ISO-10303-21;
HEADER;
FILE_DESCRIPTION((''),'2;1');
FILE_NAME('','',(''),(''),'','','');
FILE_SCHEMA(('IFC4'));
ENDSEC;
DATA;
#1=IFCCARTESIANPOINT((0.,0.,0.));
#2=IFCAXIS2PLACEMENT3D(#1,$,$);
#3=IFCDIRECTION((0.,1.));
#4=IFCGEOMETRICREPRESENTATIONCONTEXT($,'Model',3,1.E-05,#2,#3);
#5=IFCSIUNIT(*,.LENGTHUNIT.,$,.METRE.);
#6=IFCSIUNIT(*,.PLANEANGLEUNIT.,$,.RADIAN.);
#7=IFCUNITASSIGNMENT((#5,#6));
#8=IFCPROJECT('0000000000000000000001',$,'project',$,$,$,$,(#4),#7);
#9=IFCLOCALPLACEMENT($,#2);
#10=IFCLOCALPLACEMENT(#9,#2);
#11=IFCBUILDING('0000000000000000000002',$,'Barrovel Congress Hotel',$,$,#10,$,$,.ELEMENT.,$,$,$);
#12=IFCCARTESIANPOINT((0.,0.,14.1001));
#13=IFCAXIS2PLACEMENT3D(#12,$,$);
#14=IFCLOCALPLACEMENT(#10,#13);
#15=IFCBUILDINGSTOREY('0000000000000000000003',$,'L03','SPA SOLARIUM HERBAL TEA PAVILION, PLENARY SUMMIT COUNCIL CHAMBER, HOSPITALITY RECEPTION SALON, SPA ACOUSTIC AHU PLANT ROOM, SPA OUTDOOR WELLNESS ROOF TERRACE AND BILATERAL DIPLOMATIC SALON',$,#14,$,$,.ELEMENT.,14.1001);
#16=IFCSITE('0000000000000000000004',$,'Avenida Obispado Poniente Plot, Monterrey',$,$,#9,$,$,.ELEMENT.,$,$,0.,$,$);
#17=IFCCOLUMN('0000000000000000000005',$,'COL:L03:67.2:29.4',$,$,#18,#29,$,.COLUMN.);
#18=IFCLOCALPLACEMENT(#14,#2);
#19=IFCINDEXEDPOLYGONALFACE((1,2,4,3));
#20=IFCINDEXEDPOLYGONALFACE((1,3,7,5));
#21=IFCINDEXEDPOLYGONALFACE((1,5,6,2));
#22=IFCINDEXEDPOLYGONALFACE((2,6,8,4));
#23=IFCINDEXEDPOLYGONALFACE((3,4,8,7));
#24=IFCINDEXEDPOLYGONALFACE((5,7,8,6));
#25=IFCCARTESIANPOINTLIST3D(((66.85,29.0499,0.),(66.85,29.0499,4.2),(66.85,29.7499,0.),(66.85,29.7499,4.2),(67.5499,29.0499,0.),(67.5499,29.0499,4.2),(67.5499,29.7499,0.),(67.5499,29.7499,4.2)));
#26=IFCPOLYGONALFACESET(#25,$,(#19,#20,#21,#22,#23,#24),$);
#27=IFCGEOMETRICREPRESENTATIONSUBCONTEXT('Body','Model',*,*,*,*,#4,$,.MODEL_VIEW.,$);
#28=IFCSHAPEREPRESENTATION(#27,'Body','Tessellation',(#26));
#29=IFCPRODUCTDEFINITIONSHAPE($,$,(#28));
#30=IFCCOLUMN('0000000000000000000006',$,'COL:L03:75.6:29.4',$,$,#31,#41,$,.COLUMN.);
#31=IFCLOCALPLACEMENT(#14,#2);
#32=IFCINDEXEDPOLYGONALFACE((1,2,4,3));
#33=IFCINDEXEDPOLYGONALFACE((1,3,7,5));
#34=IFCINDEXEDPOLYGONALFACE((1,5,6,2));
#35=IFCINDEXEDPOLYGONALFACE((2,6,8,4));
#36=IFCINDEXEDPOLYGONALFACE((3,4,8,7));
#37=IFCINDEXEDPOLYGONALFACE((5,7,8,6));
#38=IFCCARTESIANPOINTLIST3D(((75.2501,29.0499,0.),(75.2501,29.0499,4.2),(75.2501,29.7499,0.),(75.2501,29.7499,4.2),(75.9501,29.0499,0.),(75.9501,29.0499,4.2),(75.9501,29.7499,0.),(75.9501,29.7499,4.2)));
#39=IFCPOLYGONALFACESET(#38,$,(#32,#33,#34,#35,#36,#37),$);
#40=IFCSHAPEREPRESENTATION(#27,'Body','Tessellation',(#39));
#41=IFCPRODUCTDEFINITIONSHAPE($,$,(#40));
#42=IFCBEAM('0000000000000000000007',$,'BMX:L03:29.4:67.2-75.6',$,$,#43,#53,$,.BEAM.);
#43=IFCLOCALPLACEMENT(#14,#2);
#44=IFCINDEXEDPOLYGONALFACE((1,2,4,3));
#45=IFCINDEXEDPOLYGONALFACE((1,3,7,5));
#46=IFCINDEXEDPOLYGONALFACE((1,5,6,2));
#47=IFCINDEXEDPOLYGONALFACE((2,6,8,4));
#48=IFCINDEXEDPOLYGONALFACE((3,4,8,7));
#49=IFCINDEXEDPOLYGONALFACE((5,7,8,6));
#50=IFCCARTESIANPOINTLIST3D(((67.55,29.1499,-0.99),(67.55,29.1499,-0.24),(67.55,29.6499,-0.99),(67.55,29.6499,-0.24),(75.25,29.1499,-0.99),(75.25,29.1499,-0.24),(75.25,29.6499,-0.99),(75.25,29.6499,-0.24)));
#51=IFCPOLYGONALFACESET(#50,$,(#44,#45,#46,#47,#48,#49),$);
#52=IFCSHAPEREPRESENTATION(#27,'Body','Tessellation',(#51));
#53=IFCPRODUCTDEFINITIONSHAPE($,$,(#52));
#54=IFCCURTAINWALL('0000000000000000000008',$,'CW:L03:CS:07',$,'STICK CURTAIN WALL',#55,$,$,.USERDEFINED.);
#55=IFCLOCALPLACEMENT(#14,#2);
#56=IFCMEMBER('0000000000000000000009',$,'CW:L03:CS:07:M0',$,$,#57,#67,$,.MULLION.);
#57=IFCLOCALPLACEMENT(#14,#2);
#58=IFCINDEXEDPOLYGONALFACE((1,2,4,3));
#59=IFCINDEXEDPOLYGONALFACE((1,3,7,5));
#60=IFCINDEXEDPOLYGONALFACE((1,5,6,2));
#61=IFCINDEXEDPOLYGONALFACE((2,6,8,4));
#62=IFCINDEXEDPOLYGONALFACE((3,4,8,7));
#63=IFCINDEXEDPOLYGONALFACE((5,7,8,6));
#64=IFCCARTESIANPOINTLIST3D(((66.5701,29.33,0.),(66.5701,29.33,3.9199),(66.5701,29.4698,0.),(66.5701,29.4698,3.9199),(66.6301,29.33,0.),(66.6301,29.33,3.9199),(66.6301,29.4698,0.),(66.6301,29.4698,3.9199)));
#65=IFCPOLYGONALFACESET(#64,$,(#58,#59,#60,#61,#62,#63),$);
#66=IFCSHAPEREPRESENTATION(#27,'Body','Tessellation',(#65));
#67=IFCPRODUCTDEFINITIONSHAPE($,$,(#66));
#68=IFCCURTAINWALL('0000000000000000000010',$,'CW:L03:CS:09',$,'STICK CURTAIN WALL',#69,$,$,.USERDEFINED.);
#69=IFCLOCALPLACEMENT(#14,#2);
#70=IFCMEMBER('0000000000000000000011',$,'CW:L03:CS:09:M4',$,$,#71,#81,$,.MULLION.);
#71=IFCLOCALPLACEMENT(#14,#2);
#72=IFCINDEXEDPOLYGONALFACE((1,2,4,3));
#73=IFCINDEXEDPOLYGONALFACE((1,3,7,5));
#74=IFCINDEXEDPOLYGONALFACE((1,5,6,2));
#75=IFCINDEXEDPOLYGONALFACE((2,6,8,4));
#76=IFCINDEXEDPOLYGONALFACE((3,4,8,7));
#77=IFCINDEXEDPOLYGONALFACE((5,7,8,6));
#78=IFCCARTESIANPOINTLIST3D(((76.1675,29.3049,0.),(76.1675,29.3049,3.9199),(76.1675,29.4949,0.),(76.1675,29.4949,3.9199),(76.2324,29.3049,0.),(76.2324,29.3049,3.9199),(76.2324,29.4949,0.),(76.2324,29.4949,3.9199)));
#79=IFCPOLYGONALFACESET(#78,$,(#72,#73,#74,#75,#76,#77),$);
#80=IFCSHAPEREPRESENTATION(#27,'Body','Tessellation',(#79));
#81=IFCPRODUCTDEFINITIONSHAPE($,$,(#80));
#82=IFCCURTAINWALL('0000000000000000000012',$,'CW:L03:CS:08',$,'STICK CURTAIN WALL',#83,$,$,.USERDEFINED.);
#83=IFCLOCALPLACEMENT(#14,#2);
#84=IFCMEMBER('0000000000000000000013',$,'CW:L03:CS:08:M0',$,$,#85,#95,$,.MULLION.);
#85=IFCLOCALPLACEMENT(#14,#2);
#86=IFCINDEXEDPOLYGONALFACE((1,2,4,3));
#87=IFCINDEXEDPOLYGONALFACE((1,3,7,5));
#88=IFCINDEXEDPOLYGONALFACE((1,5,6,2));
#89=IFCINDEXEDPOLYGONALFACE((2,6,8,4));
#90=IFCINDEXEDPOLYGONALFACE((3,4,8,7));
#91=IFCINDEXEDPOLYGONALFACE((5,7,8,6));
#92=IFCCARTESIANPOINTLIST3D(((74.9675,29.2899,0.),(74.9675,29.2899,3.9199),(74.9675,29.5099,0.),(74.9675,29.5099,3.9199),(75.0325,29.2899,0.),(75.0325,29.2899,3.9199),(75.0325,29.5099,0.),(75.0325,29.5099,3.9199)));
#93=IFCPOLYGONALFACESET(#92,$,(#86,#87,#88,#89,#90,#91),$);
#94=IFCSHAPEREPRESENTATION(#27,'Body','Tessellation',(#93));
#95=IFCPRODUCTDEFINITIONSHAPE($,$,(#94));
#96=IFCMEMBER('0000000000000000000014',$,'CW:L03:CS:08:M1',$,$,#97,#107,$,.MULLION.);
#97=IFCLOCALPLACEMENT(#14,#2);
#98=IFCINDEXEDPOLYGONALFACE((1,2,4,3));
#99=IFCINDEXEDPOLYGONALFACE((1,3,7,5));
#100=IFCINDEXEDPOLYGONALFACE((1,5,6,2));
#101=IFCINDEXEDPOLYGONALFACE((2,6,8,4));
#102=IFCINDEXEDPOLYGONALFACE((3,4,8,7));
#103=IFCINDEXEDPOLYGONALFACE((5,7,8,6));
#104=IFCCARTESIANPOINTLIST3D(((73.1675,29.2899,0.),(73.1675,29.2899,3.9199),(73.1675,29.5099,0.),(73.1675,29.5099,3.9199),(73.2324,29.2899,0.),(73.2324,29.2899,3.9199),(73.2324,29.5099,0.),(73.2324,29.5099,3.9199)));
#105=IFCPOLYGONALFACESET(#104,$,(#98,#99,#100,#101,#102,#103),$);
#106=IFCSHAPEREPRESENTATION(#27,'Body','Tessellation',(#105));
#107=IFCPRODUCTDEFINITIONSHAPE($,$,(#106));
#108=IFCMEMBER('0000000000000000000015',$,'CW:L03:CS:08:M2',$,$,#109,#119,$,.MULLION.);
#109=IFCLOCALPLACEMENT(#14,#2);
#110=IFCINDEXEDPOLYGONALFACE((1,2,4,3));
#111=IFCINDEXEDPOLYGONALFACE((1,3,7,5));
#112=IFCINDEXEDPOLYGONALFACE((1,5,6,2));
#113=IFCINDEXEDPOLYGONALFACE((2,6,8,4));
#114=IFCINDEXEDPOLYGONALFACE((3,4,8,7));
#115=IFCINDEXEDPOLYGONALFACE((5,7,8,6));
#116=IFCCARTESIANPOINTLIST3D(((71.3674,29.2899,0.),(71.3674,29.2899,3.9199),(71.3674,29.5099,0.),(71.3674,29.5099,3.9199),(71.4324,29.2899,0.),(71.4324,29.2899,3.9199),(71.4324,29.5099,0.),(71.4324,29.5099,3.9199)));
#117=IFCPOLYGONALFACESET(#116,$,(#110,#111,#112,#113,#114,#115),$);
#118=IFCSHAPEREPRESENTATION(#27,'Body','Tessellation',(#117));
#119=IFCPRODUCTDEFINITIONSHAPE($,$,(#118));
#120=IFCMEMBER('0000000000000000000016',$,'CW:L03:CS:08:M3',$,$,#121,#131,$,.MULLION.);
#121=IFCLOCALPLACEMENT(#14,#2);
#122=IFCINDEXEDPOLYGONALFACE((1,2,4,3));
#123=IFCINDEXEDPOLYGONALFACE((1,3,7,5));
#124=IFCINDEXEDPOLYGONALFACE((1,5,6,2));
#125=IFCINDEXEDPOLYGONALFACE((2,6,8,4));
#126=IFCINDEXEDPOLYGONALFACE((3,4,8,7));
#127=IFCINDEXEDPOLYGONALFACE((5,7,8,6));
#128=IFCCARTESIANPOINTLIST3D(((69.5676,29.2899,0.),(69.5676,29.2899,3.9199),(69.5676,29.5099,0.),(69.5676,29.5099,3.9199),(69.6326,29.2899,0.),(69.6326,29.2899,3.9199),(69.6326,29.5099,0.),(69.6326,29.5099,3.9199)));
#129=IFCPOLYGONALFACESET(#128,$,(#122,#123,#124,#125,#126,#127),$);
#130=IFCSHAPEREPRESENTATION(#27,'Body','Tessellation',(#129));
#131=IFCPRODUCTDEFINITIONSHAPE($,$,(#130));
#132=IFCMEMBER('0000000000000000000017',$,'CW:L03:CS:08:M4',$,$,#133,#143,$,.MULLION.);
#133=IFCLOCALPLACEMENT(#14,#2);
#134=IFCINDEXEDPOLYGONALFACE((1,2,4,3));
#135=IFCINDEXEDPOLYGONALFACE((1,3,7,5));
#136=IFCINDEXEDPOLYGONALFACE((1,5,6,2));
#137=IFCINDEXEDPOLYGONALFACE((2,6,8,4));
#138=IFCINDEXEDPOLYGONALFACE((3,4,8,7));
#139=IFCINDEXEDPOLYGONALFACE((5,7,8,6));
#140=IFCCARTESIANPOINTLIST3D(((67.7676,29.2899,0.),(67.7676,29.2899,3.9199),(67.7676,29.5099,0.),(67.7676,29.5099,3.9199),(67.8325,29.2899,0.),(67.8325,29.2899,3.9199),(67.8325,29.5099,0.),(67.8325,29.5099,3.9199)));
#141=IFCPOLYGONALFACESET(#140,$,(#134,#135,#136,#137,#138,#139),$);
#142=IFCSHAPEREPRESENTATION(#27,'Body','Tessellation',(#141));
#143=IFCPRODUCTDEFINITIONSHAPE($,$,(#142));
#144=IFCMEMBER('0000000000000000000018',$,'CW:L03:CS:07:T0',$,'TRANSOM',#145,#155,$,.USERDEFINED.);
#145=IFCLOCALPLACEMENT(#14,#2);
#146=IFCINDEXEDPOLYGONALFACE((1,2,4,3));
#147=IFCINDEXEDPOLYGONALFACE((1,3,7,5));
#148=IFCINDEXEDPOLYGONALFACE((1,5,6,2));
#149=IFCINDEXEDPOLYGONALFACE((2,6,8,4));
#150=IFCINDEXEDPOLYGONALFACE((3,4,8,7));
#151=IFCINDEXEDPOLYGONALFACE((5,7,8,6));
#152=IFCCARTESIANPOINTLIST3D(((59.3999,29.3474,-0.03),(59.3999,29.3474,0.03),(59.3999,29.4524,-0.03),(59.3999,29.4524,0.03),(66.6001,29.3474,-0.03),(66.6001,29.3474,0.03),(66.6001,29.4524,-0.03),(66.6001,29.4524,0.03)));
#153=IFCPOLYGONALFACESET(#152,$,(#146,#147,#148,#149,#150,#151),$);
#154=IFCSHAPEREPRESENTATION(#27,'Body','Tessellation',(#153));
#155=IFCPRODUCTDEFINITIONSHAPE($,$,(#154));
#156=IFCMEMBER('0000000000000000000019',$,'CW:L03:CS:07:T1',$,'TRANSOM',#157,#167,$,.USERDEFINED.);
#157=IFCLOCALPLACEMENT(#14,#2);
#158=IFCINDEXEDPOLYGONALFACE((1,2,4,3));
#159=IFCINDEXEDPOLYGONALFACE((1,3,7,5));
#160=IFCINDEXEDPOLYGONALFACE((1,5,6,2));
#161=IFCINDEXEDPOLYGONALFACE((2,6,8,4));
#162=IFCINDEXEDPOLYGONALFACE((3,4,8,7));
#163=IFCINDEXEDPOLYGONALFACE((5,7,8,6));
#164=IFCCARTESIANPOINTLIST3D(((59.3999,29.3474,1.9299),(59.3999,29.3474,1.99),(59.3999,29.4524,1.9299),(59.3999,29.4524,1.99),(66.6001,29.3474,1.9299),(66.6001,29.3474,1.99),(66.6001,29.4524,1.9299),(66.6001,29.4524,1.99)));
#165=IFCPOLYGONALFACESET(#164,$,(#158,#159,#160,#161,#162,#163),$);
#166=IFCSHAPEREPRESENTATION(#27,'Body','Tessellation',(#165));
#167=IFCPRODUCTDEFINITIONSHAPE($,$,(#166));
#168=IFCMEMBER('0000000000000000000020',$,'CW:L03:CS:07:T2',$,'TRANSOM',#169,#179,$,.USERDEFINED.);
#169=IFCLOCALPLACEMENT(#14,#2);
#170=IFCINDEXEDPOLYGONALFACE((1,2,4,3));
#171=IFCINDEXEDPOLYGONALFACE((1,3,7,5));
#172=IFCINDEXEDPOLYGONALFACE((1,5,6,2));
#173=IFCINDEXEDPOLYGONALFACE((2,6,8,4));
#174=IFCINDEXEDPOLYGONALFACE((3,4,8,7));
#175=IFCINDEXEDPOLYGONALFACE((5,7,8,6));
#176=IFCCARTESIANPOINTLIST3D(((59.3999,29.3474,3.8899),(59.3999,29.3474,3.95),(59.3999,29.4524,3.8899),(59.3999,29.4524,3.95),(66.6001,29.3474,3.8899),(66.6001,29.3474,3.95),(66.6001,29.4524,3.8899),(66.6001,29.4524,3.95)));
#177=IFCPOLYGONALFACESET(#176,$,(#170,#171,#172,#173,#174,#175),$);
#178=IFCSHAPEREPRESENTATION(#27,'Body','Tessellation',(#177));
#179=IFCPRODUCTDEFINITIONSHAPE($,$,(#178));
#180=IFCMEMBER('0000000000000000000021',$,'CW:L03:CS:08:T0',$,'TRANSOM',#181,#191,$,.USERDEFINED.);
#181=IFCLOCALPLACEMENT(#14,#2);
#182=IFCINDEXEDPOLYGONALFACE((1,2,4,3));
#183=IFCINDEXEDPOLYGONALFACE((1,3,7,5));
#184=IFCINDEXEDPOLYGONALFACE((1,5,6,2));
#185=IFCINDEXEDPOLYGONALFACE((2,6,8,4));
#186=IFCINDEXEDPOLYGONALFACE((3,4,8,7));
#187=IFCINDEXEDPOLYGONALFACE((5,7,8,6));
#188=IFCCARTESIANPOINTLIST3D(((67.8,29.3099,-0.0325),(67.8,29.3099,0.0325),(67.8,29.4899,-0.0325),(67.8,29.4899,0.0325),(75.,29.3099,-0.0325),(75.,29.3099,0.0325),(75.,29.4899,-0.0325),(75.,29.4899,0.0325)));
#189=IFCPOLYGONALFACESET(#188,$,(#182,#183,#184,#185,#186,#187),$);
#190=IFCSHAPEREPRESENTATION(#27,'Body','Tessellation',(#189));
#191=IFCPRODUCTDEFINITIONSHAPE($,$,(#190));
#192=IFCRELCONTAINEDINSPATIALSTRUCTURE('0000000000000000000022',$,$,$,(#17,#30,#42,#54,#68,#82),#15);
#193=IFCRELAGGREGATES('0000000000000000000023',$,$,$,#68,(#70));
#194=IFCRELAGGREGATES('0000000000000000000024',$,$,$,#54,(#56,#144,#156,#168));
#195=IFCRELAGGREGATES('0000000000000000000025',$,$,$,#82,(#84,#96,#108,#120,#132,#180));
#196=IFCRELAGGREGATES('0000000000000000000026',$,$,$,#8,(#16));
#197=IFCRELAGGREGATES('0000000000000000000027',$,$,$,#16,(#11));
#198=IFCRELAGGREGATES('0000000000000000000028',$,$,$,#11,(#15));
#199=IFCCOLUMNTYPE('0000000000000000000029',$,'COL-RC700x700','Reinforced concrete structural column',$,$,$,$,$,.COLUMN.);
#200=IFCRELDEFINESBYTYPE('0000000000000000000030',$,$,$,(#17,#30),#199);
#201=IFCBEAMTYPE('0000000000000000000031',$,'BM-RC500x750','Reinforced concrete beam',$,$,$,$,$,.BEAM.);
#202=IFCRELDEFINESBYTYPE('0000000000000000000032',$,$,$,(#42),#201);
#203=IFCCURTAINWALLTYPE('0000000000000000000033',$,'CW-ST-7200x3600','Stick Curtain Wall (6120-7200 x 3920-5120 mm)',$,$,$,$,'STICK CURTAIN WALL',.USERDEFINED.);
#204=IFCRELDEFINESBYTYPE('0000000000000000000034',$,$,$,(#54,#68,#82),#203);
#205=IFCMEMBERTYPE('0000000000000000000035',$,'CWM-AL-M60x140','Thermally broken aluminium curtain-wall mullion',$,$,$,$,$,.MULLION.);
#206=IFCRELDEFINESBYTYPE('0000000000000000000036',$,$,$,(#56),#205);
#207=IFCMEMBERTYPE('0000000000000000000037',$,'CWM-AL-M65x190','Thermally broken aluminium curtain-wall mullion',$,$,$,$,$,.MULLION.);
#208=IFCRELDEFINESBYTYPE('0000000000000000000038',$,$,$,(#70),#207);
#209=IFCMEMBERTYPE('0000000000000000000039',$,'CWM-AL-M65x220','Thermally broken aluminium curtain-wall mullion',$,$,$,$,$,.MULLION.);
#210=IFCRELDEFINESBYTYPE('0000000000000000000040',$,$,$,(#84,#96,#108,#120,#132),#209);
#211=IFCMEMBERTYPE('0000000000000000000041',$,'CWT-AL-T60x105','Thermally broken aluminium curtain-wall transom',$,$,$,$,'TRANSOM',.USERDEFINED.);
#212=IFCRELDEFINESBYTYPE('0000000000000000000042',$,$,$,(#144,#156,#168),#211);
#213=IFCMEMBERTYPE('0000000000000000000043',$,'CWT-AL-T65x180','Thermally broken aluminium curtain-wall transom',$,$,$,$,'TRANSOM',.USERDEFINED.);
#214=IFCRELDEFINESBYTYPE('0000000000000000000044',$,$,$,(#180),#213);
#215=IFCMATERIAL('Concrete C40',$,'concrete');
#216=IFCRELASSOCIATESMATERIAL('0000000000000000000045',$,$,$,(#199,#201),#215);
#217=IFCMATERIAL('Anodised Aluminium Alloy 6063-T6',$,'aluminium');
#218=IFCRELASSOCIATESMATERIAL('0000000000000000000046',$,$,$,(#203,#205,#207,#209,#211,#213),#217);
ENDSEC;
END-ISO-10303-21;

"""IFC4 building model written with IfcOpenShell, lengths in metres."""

from ifc_helpers import new_model, si_unit, direction, frame, origin, origin_2d, place, context, subcontext, project, spatial, rectangle, extrude, material, material_profile, profile_set, type_object, element, aggregate, save


model = new_model("IFC4")

# Units and contexts
model_context = context("Model", 3, precision=1e-05, world=origin(), true_north=direction((0.0, 1.0)))
body_context = subcontext(model_context, "Body", "Model", "MODEL_VIEW")
ifc_project = project(units=[si_unit("LENGTHUNIT", "METRE"), si_unit("PLANEANGLEUNIT", "RADIAN")], contexts=[model_context])

# Site, building, storey
site_placement = place(None, origin())
site = spatial("IfcSite", under=ifc_project, at=site_placement, Name="Avenida Obispado Poniente Plot, Monterrey", CompositionType="ELEMENT", RefElevation=0.0)
building_placement = place(site_placement, origin())
building = spatial("IfcBuilding", under=site, at=building_placement, Name="Barrovel Congress Hotel", CompositionType="ELEMENT")
storey_placement = place(building_placement, frame((0.0, 0.0, 14.1001)))
storey = spatial("IfcBuildingStorey", under=building, at=storey_placement, Name="L03", Description="SPA SOLARIUM HERBAL TEA PAVILION, PLENARY SUMMIT COUNCIL CHAMBER, HOSPITALITY RECEPTION SALON, SPA ACOUSTIC AHU PLANT ROOM, SPA OUTDOOR WELLNESS ROOF TERRACE AND BILATERAL DIPLOMATIC SALON", CompositionType="ELEMENT", Elevation=14.1001)

# Columns
ifc_material_1 = material(Name="Concrete C40", Category="concrete")
ifc_material_profile_1 = material_profile(ifc_material_1, rectangle(XDim=0.7, YDim=0.7, at=origin_2d()), Name="RC700x700")
ifc_profile_set_1 = profile_set([ifc_material_profile_1], Name="Concrete C40")
column_type = type_object("IfcColumnType", Name="COL-RC700x700", Description="Reinforced concrete structural column", PredefinedType="COLUMN", material=ifc_profile_set_1)
for number, where, z_axis, x_axis, name in (
    (1, (67.2, 29.3999, 0.0), (0.0, 0.0, 1.0), (1.0, 0.0, 0.0), "COL:L03:67.2:29.4"),
    (2, (75.6001, 29.3999, 0.0), (0.0, 0.0, 1.0), (1.0, 0.0, 0.0), "COL:L03:75.6:29.4"),
):
    element("IfcColumn", number, at=place(storey_placement, frame(where, z_axis=z_axis, x_axis=x_axis)), inside=storey, type_object=column_type, Name=name, PredefinedType="COLUMN", context=body_context, shape_type="SweptSolid", body=[
        extrude(rectangle(XDim=0.7, YDim=0.7, at=origin_2d()), origin(), (0.0, 0.0, 1.0), 4.2),
    ])

# Beam
ifc_material_profile_2 = material_profile(ifc_material_1, rectangle(XDim=0.5, YDim=0.75, at=origin_2d()), Name="RC500x750")
ifc_profile_set_2 = profile_set([ifc_material_profile_2], Name="Concrete C40")
beam_type_1 = type_object("IfcBeamType", Name="BM-RC500x750", Description="Reinforced concrete beam", PredefinedType="BEAM", material=ifc_profile_set_2)
beam_1_placement = place(storey_placement, frame((67.55, 29.3999, -0.615), z_axis=(1.0, 0.0, 0.0), x_axis=(0.0, 1.0, 0.0)))
element("IfcBeam", 3, at=beam_1_placement, inside=storey, type_object=beam_type_1, Name="BMX:L03:29.4:67.2-75.6", PredefinedType="BEAM", context=body_context, shape_type="SweptSolid", body=[
    extrude(rectangle(XDim=0.5, YDim=0.75, at=origin_2d()), origin(), (0.0, 0.0, 1.0), 7.7),
])

# Curtain walls, members
ifc_material_2 = material(Name="Anodised Aluminium Alloy 6063-T6", Category="aluminium")
curtain_wall_type = type_object("IfcCurtainWallType", Name="CW-ST-7200x3600", Description="Stick Curtain Wall (6120-7200 x 3920-5120 mm)", ElementType="STICK CURTAIN WALL", PredefinedType="USERDEFINED", material=ifc_material_2)
curtain_wall_1_placement = place(storey_placement, origin())
curtain_wall_1 = element("IfcCurtainWall", 4, at=curtain_wall_1_placement, inside=storey, type_object=curtain_wall_type, Name="CW:L03:CS:07", ObjectType="STICK CURTAIN WALL", PredefinedType="USERDEFINED")
ifc_material_profile_3 = material_profile(ifc_material_2, rectangle(XDim=0.0601, YDim=0.1399, at=origin_2d()), Name="AL-M60x140")
ifc_profile_set_3 = profile_set([ifc_material_profile_3], Name="Anodised Aluminium Alloy 6063-T6")
member_type_1 = type_object("IfcMemberType", Name="CWM-AL-M60x140", Description="Thermally broken aluminium curtain-wall mullion", PredefinedType="MULLION", material=ifc_profile_set_3)
member_1_placement = place(storey_placement, frame((66.6001, 29.3999, 0.0), z_axis=(0.0, 0.0, 1.0), x_axis=(1.0, 0.0, 0.0)))
member_1 = element("IfcMember", 5, at=member_1_placement, type_object=member_type_1, Name="CW:L03:CS:07:M0", PredefinedType="MULLION", context=body_context, shape_type="SweptSolid", body=[
    extrude(rectangle(XDim=0.0601, YDim=0.1399, at=origin_2d()), origin(), (0.0, 0.0, 1.0), 3.9199),
])
curtain_wall_2_placement = place(storey_placement, origin())
curtain_wall_2 = element("IfcCurtainWall", 6, at=curtain_wall_2_placement, inside=storey, type_object=curtain_wall_type, Name="CW:L03:CS:09", ObjectType="STICK CURTAIN WALL", PredefinedType="USERDEFINED")
ifc_material_profile_4 = material_profile(ifc_material_2, rectangle(XDim=0.0649, YDim=0.1899, at=origin_2d()), Name="AL-M65x190")
ifc_profile_set_4 = profile_set([ifc_material_profile_4], Name="Anodised Aluminium Alloy 6063-T6")
member_type_2 = type_object("IfcMemberType", Name="CWM-AL-M65x190", Description="Thermally broken aluminium curtain-wall mullion", PredefinedType="MULLION", material=ifc_profile_set_4)
member_2_placement = place(storey_placement, frame((76.2, 29.3999, 0.0), z_axis=(0.0, 0.0, 1.0), x_axis=(1.0, 0.0, 0.0)))
member_2 = element("IfcMember", 7, at=member_2_placement, type_object=member_type_2, Name="CW:L03:CS:09:M4", PredefinedType="MULLION", context=body_context, shape_type="SweptSolid", body=[
    extrude(rectangle(XDim=0.0649, YDim=0.1899, at=origin_2d()), origin(), (0.0, 0.0, 1.0), 3.9199),
])

# Curtain wall, members
curtain_wall_3_placement = place(storey_placement, origin())
curtain_wall_3 = element("IfcCurtainWall", 8, at=curtain_wall_3_placement, inside=storey, type_object=curtain_wall_type, Name="CW:L03:CS:08", ObjectType="STICK CURTAIN WALL", PredefinedType="USERDEFINED")
ifc_material_profile_5 = material_profile(ifc_material_2, rectangle(XDim=0.0649, YDim=0.22, at=origin_2d()), Name="AL-M65x220")
ifc_profile_set_5 = profile_set([ifc_material_profile_5], Name="Anodised Aluminium Alloy 6063-T6")
member_type_3 = type_object("IfcMemberType", Name="CWM-AL-M65x220", Description="Thermally broken aluminium curtain-wall mullion", PredefinedType="MULLION", material=ifc_profile_set_5)
member_3_placement = place(storey_placement, frame((75.0, 29.3999, 0.0), z_axis=(0.0, 0.0, 1.0), x_axis=(1.0, 0.0, 0.0)))
member_3 = element("IfcMember", 9, at=member_3_placement, type_object=member_type_3, Name="CW:L03:CS:08:M0", PredefinedType="MULLION", context=body_context, shape_type="SweptSolid", body=[
    extrude(rectangle(XDim=0.0649, YDim=0.22, at=origin_2d()), origin(), (0.0, 0.0, 1.0), 3.9199),
])
member_4_placement = place(storey_placement, frame((73.2, 29.3999, 0.0), z_axis=(0.0, 0.0, 1.0), x_axis=(1.0, 0.0, 0.0)))
member_4 = element("IfcMember", 10, at=member_4_placement, type_object=member_type_3, Name="CW:L03:CS:08:M1", PredefinedType="MULLION", context=body_context, shape_type="SweptSolid", body=[
    extrude(rectangle(XDim=0.0649, YDim=0.22, at=origin_2d()), origin(), (0.0, 0.0, 1.0), 3.9199),
])
member_5_placement = place(storey_placement, frame((71.3999, 29.3999, 0.0), z_axis=(0.0, 0.0, 1.0), x_axis=(1.0, 0.0, 0.0)))
member_5 = element("IfcMember", 11, at=member_5_placement, type_object=member_type_3, Name="CW:L03:CS:08:M2", PredefinedType="MULLION", context=body_context, shape_type="SweptSolid", body=[
    extrude(rectangle(XDim=0.0649, YDim=0.22, at=origin_2d()), origin(), (0.0, 0.0, 1.0), 3.9199),
])
member_6_placement = place(storey_placement, frame((69.6001, 29.3999, 0.0), z_axis=(0.0, 0.0, 1.0), x_axis=(1.0, 0.0, 0.0)))
member_6 = element("IfcMember", 12, at=member_6_placement, type_object=member_type_3, Name="CW:L03:CS:08:M3", PredefinedType="MULLION", context=body_context, shape_type="SweptSolid", body=[
    extrude(rectangle(XDim=0.0649, YDim=0.22, at=origin_2d()), origin(), (0.0, 0.0, 1.0), 3.9199),
])
member_7_placement = place(storey_placement, frame((67.8, 29.3999, 0.0), z_axis=(0.0, 0.0, 1.0), x_axis=(1.0, 0.0, 0.0)))
member_7 = element("IfcMember", 13, at=member_7_placement, type_object=member_type_3, Name="CW:L03:CS:08:M4", PredefinedType="MULLION", context=body_context, shape_type="SweptSolid", body=[
    extrude(rectangle(XDim=0.0649, YDim=0.22, at=origin_2d()), origin(), (0.0, 0.0, 1.0), 3.9199),
])

# Members
ifc_material_profile_6 = material_profile(ifc_material_2, rectangle(XDim=0.105, YDim=0.0601, at=origin_2d()), Name="AL-T60x105")
ifc_profile_set_6 = profile_set([ifc_material_profile_6], Name="Anodised Aluminium Alloy 6063-T6")
member_type_4 = type_object("IfcMemberType", Name="CWT-AL-T60x105", Description="Thermally broken aluminium curtain-wall transom", ElementType="TRANSOM", PredefinedType="USERDEFINED", material=ifc_profile_set_6)
member_8_placement = place(storey_placement, frame((66.6001, 29.3999, 0.0), z_axis=(-1.0, 0.0, 0.0), x_axis=(0.0, -1.0, 0.0)))
member_8 = element("IfcMember", 14, at=member_8_placement, type_object=member_type_4, Name="CW:L03:CS:07:T0", ObjectType="TRANSOM", PredefinedType="USERDEFINED", context=body_context, shape_type="SweptSolid", body=[
    extrude(rectangle(XDim=0.105, YDim=0.0601, at=origin_2d()), origin(), (0.0, 0.0, 1.0), 7.2002),
])
member_9_placement = place(storey_placement, frame((66.6001, 29.3999, 1.96), z_axis=(-1.0, 0.0, 0.0), x_axis=(0.0, -1.0, 0.0)))
member_9 = element("IfcMember", 15, at=member_9_placement, type_object=member_type_4, Name="CW:L03:CS:07:T1", ObjectType="TRANSOM", PredefinedType="USERDEFINED", context=body_context, shape_type="SweptSolid", body=[
    extrude(rectangle(XDim=0.105, YDim=0.0601, at=origin_2d()), origin(), (0.0, 0.0, 1.0), 7.2002),
])
member_10_placement = place(storey_placement, frame((66.6001, 29.3999, 3.9199), z_axis=(-1.0, 0.0, 0.0), x_axis=(0.0, -1.0, 0.0)))
member_10 = element("IfcMember", 16, at=member_10_placement, type_object=member_type_4, Name="CW:L03:CS:07:T2", ObjectType="TRANSOM", PredefinedType="USERDEFINED", context=body_context, shape_type="SweptSolid", body=[
    extrude(rectangle(XDim=0.105, YDim=0.0601, at=origin_2d()), origin(), (0.0, 0.0, 1.0), 7.2002),
])
ifc_material_profile_7 = material_profile(ifc_material_2, rectangle(XDim=0.1799, YDim=0.0649, at=origin_2d()), Name="AL-T65x180")
ifc_profile_set_7 = profile_set([ifc_material_profile_7], Name="Anodised Aluminium Alloy 6063-T6")
member_type_5 = type_object("IfcMemberType", Name="CWT-AL-T65x180", Description="Thermally broken aluminium curtain-wall transom", ElementType="TRANSOM", PredefinedType="USERDEFINED", material=ifc_profile_set_7)
member_11_placement = place(storey_placement, frame((75.0, 29.3999, 0.0), z_axis=(-1.0, 0.0, 0.0), x_axis=(0.0, -1.0, 0.0)))
member_11 = element("IfcMember", 17, at=member_11_placement, type_object=member_type_5, Name="CW:L03:CS:08:T0", ObjectType="TRANSOM", PredefinedType="USERDEFINED", context=body_context, shape_type="SweptSolid", body=[
    extrude(rectangle(XDim=0.1799, YDim=0.0649, at=origin_2d()), origin(), (0.0, 0.0, 1.0), 7.2),
])

aggregate(curtain_wall_2, [member_2])
aggregate(curtain_wall_1, [member_1, member_8, member_9, member_10])
aggregate(curtain_wall_3, [member_3, member_4, member_5, member_6, member_7, member_11])

save(model, "model.ifc")
